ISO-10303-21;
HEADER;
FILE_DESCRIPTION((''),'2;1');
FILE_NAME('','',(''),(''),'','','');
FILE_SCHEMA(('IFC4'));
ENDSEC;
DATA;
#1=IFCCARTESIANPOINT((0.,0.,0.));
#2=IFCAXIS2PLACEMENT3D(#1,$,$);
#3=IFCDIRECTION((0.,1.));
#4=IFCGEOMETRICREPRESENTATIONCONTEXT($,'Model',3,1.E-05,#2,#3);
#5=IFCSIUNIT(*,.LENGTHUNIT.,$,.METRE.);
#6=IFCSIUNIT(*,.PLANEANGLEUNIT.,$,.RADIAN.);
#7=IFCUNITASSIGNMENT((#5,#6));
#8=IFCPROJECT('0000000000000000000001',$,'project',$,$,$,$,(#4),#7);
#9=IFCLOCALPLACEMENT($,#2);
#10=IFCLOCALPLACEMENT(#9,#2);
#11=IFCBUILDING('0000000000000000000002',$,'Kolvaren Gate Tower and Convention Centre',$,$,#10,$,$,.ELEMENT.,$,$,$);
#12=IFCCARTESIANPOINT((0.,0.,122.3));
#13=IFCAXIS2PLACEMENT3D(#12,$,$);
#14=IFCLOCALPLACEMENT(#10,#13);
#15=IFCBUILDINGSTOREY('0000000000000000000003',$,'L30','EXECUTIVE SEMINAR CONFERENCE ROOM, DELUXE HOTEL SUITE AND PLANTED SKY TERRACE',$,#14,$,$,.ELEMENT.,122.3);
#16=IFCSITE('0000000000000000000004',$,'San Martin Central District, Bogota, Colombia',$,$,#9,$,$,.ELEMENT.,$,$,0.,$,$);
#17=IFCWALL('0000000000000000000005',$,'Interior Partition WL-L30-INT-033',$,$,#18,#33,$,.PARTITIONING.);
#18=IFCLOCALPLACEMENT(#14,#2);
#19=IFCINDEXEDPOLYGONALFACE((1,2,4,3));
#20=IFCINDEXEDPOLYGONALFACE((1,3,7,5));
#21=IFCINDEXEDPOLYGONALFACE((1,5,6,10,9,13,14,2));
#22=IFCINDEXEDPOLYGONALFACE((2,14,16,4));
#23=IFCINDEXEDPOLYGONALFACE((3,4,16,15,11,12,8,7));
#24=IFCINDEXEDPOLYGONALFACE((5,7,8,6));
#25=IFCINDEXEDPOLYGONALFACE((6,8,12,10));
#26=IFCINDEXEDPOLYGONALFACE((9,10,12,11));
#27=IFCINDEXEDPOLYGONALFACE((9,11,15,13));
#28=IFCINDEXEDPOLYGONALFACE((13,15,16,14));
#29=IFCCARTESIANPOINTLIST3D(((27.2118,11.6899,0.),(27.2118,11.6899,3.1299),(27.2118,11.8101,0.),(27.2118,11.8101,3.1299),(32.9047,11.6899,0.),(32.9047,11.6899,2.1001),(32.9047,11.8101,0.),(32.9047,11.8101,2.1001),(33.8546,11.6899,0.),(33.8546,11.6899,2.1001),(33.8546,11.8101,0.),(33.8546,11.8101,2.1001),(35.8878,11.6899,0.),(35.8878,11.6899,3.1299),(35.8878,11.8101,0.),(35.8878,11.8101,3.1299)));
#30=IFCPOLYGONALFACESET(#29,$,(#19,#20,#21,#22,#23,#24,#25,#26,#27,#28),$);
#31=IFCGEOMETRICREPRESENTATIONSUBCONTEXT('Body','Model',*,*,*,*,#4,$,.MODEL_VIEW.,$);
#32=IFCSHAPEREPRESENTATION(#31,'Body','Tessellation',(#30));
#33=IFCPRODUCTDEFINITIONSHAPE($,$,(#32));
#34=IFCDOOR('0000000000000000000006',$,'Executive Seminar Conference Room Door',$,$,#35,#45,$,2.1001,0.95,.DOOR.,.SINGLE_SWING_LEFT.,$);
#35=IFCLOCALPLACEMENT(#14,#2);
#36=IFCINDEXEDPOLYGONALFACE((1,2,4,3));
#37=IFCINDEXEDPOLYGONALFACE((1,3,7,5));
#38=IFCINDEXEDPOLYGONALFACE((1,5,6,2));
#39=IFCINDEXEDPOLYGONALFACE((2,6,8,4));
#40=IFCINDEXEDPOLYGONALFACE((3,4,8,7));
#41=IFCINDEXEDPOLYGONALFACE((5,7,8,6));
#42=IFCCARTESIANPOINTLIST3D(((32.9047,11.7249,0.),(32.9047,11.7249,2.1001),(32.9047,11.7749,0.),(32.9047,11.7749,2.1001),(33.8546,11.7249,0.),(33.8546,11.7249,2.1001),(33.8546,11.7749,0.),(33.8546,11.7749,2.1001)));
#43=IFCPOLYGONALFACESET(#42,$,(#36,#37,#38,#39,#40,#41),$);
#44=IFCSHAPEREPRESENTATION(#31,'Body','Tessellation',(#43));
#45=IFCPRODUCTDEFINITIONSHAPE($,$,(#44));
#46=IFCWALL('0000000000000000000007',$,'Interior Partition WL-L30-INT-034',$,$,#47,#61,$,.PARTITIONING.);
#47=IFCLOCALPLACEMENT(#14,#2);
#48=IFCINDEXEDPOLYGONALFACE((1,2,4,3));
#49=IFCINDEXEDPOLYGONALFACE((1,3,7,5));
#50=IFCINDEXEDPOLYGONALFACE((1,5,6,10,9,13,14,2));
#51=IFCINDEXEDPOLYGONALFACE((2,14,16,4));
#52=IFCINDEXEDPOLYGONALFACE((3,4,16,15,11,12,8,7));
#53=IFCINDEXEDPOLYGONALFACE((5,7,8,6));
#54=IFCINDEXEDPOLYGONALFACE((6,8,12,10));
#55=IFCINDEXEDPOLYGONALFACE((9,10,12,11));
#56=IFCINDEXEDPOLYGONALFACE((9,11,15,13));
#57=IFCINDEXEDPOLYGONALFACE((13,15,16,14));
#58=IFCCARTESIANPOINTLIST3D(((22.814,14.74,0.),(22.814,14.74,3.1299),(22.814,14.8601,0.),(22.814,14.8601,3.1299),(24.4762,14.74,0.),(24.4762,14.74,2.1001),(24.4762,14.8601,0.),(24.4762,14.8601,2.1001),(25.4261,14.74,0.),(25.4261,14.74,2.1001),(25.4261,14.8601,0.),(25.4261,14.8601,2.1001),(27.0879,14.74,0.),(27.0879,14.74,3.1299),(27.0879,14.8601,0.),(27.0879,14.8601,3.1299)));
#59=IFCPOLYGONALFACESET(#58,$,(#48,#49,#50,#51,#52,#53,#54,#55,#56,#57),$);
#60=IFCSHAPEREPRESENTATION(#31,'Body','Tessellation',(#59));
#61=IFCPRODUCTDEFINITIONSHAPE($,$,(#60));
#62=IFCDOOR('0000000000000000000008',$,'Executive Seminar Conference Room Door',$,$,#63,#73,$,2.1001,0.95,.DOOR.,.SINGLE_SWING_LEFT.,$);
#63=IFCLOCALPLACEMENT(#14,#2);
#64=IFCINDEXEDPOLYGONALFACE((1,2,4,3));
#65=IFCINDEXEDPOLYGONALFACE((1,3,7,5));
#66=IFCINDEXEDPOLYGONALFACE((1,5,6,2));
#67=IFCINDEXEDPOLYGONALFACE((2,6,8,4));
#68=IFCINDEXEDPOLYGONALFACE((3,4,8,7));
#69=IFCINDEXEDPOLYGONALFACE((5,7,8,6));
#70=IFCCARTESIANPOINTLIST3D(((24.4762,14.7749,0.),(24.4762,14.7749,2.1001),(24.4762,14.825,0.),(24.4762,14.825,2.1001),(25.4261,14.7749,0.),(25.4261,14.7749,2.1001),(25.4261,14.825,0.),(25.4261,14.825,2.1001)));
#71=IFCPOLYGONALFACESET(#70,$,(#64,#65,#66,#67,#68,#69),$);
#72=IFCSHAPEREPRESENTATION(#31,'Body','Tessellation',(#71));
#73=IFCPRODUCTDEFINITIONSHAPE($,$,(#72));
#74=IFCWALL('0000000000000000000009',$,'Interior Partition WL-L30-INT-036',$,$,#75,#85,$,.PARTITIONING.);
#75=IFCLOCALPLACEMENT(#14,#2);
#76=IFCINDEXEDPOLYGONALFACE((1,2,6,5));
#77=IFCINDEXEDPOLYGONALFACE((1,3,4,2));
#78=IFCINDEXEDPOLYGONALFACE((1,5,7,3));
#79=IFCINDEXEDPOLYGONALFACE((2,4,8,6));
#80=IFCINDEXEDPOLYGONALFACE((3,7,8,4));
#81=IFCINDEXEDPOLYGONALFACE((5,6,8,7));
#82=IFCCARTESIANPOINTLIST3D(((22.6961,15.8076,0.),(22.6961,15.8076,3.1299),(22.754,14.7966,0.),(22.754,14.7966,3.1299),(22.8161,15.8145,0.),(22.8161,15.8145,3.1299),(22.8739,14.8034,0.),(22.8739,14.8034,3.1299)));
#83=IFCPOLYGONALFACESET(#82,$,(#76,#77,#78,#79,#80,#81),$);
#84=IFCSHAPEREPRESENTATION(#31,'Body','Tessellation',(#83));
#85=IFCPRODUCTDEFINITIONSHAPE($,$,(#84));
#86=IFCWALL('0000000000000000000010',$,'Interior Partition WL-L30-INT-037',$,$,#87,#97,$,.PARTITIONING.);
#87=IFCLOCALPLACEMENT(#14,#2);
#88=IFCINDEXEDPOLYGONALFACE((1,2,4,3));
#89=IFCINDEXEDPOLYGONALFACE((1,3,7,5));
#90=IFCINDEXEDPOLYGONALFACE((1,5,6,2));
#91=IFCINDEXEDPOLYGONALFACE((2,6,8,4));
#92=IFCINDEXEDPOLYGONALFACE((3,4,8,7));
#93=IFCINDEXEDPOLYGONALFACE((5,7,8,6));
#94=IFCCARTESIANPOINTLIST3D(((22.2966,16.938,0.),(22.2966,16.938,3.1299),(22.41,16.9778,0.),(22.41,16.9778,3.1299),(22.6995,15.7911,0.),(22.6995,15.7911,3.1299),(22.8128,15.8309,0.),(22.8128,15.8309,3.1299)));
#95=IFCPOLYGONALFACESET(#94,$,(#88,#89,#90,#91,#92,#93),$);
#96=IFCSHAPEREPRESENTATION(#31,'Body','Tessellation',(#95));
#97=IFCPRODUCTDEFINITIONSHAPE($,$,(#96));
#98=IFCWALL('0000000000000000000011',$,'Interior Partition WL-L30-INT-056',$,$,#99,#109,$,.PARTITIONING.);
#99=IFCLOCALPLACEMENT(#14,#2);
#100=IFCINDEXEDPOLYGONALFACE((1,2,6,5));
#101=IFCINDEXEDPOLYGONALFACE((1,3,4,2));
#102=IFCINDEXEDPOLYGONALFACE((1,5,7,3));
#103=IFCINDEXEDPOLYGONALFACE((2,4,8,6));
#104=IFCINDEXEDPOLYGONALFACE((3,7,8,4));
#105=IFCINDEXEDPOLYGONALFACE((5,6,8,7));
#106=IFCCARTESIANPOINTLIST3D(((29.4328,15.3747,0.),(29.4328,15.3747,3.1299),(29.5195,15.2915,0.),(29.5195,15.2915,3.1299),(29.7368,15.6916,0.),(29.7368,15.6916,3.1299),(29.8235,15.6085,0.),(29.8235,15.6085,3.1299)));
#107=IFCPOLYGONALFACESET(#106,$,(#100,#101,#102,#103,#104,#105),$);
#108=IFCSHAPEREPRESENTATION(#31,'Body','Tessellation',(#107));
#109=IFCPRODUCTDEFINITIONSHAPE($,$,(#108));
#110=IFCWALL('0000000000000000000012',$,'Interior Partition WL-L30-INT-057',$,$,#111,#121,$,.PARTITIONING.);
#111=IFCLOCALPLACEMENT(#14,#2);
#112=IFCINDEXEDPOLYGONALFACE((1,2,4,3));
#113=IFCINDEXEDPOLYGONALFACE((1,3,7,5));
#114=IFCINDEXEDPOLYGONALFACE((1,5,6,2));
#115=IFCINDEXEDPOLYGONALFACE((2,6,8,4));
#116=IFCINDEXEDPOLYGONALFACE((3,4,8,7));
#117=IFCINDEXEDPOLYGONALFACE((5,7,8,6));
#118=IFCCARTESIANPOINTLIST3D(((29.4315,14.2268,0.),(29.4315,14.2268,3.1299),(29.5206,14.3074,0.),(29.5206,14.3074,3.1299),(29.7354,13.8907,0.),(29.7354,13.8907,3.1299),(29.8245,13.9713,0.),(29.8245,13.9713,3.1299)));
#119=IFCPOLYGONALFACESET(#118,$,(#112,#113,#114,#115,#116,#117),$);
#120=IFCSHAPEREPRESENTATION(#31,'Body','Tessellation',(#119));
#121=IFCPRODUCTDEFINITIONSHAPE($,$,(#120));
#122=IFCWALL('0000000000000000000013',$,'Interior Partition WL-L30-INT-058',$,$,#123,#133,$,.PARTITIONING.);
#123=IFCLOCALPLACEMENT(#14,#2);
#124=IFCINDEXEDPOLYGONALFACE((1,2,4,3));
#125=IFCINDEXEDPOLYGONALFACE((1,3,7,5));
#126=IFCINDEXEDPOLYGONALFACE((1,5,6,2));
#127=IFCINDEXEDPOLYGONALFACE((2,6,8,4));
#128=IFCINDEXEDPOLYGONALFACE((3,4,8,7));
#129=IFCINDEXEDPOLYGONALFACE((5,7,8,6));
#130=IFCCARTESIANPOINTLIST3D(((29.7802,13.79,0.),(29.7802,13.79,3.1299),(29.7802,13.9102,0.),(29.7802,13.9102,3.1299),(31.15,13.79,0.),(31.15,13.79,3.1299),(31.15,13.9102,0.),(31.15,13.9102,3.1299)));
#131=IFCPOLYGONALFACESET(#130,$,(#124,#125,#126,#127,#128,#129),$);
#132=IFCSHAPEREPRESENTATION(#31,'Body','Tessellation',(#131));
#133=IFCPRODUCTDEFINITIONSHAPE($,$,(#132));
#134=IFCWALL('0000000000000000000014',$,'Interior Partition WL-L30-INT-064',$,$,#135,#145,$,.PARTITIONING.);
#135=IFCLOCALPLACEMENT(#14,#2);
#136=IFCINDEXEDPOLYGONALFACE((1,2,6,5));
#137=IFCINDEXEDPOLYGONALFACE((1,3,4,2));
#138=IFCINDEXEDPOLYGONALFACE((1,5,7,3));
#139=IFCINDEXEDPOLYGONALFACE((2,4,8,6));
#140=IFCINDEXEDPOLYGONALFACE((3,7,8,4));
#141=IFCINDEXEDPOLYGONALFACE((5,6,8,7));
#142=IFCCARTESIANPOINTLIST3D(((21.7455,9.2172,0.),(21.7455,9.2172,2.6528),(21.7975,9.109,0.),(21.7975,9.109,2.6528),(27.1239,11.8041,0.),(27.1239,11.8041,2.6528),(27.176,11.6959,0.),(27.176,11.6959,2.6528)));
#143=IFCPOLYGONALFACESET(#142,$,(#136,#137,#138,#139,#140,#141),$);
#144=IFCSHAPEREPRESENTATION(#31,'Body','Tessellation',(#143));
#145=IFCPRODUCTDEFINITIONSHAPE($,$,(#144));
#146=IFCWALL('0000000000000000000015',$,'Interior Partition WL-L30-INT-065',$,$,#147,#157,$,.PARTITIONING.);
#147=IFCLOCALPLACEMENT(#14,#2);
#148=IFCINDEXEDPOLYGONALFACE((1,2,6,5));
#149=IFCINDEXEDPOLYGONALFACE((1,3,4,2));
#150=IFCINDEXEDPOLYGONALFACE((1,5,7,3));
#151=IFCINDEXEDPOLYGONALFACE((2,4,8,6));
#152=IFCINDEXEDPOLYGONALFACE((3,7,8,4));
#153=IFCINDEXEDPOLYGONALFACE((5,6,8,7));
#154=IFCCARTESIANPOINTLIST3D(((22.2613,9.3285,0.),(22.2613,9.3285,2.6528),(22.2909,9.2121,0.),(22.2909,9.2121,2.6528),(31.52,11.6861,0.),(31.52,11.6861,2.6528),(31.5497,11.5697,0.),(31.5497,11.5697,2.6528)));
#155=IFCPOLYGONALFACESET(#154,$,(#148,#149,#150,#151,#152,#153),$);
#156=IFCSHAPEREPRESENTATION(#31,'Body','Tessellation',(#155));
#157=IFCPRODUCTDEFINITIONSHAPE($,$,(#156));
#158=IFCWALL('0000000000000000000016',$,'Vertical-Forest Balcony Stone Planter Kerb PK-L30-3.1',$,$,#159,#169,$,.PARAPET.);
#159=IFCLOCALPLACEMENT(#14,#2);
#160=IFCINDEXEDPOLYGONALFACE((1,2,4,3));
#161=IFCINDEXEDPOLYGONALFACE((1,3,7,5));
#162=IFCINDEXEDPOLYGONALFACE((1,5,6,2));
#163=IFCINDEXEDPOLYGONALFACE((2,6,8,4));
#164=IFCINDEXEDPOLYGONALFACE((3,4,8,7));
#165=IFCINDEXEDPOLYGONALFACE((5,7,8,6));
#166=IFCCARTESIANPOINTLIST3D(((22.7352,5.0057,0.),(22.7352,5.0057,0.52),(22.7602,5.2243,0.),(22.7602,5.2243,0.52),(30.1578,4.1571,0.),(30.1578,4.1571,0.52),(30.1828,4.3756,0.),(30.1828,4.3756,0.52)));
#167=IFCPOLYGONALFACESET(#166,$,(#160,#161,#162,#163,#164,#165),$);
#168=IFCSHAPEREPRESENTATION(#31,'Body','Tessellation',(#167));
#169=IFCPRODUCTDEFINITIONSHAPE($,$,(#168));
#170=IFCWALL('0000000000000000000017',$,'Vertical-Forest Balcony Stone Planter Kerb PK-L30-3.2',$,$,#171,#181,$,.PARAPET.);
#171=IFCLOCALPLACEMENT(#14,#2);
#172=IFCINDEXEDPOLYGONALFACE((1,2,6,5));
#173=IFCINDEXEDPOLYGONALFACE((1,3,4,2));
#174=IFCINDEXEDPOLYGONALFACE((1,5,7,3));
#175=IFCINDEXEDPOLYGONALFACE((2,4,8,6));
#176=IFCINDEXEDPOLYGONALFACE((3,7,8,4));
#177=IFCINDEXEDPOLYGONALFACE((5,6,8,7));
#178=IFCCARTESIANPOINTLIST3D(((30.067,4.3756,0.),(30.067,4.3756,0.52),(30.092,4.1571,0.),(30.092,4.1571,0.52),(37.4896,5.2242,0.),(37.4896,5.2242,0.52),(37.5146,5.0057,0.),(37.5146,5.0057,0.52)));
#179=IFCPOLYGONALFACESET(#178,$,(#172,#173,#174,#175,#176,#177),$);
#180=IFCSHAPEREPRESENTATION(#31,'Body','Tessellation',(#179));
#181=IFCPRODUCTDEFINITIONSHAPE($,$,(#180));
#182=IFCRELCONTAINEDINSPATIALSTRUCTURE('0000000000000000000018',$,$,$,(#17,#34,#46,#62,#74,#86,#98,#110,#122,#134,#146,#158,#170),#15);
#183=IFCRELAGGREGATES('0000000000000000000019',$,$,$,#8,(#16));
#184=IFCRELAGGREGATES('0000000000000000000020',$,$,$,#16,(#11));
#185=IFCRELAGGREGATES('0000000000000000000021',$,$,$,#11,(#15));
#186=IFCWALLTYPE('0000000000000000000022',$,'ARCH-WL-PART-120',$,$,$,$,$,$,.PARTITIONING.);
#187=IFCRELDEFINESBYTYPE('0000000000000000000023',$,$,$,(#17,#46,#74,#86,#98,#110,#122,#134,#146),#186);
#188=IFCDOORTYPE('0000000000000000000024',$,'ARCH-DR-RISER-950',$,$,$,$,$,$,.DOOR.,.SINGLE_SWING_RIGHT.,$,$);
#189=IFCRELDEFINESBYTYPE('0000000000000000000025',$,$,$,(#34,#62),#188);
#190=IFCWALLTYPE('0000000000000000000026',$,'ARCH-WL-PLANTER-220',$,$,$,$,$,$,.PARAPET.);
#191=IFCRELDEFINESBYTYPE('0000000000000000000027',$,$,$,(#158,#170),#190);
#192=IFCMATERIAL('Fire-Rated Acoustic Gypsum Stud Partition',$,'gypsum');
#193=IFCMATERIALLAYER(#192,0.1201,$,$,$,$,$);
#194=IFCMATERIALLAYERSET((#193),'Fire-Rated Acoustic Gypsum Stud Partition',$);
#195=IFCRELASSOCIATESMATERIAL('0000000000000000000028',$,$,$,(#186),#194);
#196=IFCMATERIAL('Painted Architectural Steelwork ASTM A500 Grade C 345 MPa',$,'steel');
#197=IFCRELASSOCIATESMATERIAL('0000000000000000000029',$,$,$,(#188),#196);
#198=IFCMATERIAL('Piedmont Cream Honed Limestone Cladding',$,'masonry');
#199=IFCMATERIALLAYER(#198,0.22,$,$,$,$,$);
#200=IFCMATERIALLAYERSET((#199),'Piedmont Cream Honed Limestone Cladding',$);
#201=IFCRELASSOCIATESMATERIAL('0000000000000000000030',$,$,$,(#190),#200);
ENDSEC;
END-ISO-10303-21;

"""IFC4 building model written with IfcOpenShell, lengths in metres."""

from ifc_helpers import new_model, si_unit, direction, frame, frame_2d, origin, place, context, subcontext, project, spatial, rectangle, extrude, material, layer, layer_set, type_object, element, fill, save


model = new_model("IFC4")

# Units and contexts
model_context = context("Model", 3, precision=1e-05, world=origin(), true_north=direction((0.0, 1.0)))
body_context = subcontext(model_context, "Body", "Model", "MODEL_VIEW")
ifc_project = project(units=[si_unit("LENGTHUNIT", "METRE"), si_unit("PLANEANGLEUNIT", "RADIAN")], contexts=[model_context])

# Site, building, storey
site_placement = place(None, origin())
site = spatial("IfcSite", under=ifc_project, at=site_placement, Name="San Martin Central District, Bogota, Colombia", CompositionType="ELEMENT", RefElevation=0.0)
building_placement = place(site_placement, origin())
building = spatial("IfcBuilding", under=site, at=building_placement, Name="Kolvaren Gate Tower and Convention Centre", CompositionType="ELEMENT")
storey_placement = place(building_placement, frame((0.0, 0.0, 122.3)))
storey = spatial("IfcBuildingStorey", under=building, at=storey_placement, Name="L30", Description="EXECUTIVE SEMINAR CONFERENCE ROOM, DELUXE HOTEL SUITE AND PLANTED SKY TERRACE", CompositionType="ELEMENT", Elevation=122.3)

# Shared definitions
ifc_material_1 = material(Name="Fire-Rated Acoustic Gypsum Stud Partition", Category="gypsum")
ifc_layer_1 = layer(ifc_material_1, 0.1201)
ifc_layer_set_1 = layer_set([ifc_layer_1], Name="Fire-Rated Acoustic Gypsum Stud Partition")
wall_type_1 = type_object("IfcWallType", Name="ARCH-WL-PART-120", PredefinedType="PARTITIONING", material=ifc_layer_set_1)
ifc_material_2 = material(Name="Painted Architectural Steelwork ASTM A500 Grade C 345 MPa", Category="steel")
door_type_1 = type_object("IfcDoorType", Name="ARCH-DR-RISER-950", OperationType="SINGLE_SWING_RIGHT", PredefinedType="DOOR", material=ifc_material_2)

# Walls, openings, doors
wall_1_placement = place(storey_placement, frame((27.2119, 11.75, 0.0), z_axis=(0.0, 0.0, 1.0), x_axis=(1.0, 0.0, 0.0)))
wall_1 = element("IfcWall", 1, at=wall_1_placement, inside=storey, type_object=wall_type_1, Name="Interior Partition WL-L30-INT-033", PredefinedType="PARTITIONING", context=body_context, shape_type="SweptSolid", body=[
    extrude(rectangle(XDim=8.676, YDim=0.1201, at=frame_2d((4.3379, 0.0))), origin(), (0.0, 0.0, 1.0), 3.1299),
])
opening_1_placement = place(wall_1_placement, frame((5.6926, 0.0, 0.0)))
opening_1 = element("IfcOpeningElement", 2, at=opening_1_placement, cuts=wall_1, PredefinedType="OPENING", context=body_context, shape_type="SweptSolid", body=[
    extrude(rectangle(XDim=0.95, YDim=2.1001, at=frame_2d((0.4751, 1.05))), frame((0.0, 0.0701, 0.0), z_axis=(0.0, -1.0, 0.0), x_axis=(1.0, 0.0, 0.0)), (0.0, 0.0, 1.0), 0.1401),
])
door_1_placement = place(opening_1_placement, origin())
door_1 = element("IfcDoor", 3, at=door_1_placement, inside=storey, type_object=door_type_1, Name="Executive Seminar Conference Room Door", OperationType="SINGLE_SWING_LEFT", OverallHeight=2.1001, OverallWidth=0.95, PredefinedType="DOOR", context=body_context, shape_type="SweptSolid", body=[
    extrude(rectangle(XDim=0.95, YDim=2.1001, at=frame_2d((0.4751, 1.05))), frame((0.0, 0.0249, 0.0), z_axis=(0.0, -1.0, 0.0), x_axis=(1.0, 0.0, 0.0)), (0.0, 0.0, 1.0), 0.05),
])
fill(opening_1, door_1)
wall_2_placement = place(storey_placement, frame((22.814, 14.8, 0.0), z_axis=(0.0, 0.0, 1.0), x_axis=(1.0, 0.0, 0.0)))
wall_2 = element("IfcWall", 4, at=wall_2_placement, inside=storey, type_object=wall_type_1, Name="Interior Partition WL-L30-INT-034", PredefinedType="PARTITIONING", context=body_context, shape_type="SweptSolid", body=[
    extrude(rectangle(XDim=4.2739, YDim=0.1201, at=frame_2d((2.137, 0.0))), origin(), (0.0, 0.0, 1.0), 3.1299),
])
opening_2_placement = place(wall_2_placement, frame((1.6621, 0.0, 0.0)))
opening_2 = element("IfcOpeningElement", 5, at=opening_2_placement, cuts=wall_2, PredefinedType="OPENING", context=body_context, shape_type="SweptSolid", body=[
    extrude(rectangle(XDim=0.95, YDim=2.1001, at=frame_2d((0.4751, 1.05))), frame((0.0, 0.0701, 0.0), z_axis=(0.0, -1.0, 0.0), x_axis=(1.0, 0.0, 0.0)), (0.0, 0.0, 1.0), 0.1401),
])
door_2_placement = place(opening_2_placement, origin())
door_2 = element("IfcDoor", 6, at=door_2_placement, inside=storey, type_object=door_type_1, Name="Executive Seminar Conference Room Door", OperationType="SINGLE_SWING_LEFT", OverallHeight=2.1001, OverallWidth=0.95, PredefinedType="DOOR", context=body_context, shape_type="SweptSolid", body=[
    extrude(rectangle(XDim=0.95, YDim=2.1001, at=frame_2d((0.4751, 1.05))), frame((0.0, 0.0249, 0.0), z_axis=(0.0, -1.0, 0.0), x_axis=(1.0, 0.0, 0.0)), (0.0, 0.0, 1.0), 0.05),
])
fill(opening_2, door_2)

# Walls
wall_3_placement = place(storey_placement, frame((22.7561, 15.811, 0.0), z_axis=(0.0, 0.0, 1.0), x_axis=(0.057139, -0.998366, 0.0)))
element("IfcWall", 7, at=wall_3_placement, inside=storey, type_object=wall_type_1, Name="Interior Partition WL-L30-INT-036", PredefinedType="PARTITIONING", context=body_context, shape_type="SweptSolid", body=[
    extrude(rectangle(XDim=1.0127, YDim=0.1201, at=frame_2d((0.5063, 0.0))), origin(), (0.0, 0.0, 1.0), 3.1299),
])
wall_4_placement = place(storey_placement, frame((22.3533, 16.958, 0.0), z_axis=(0.0, 0.0, 1.0), x_axis=(0.33137, -0.943501, 0.0)))
element("IfcWall", 8, at=wall_4_placement, inside=storey, type_object=wall_type_1, Name="Interior Partition WL-L30-INT-037", PredefinedType="PARTITIONING", context=body_context, shape_type="SweptSolid", body=[
    extrude(rectangle(XDim=1.2156, YDim=0.1201, at=frame_2d((0.6079, 0.0))), origin(), (0.0, 0.0, 1.0), 3.1299),
])
wall_5_placement = place(storey_placement, frame((29.4761, 15.333, 0.0), z_axis=(0.0, 0.0, 1.0), x_axis=(0.692219, 0.721687, 0.0)))
element("IfcWall", 9, at=wall_5_placement, inside=storey, type_object=wall_type_1, Name="Interior Partition WL-L30-INT-056", PredefinedType="PARTITIONING", context=body_context, shape_type="SweptSolid", body=[
    extrude(rectangle(XDim=0.4392, YDim=0.1201, at=frame_2d((0.2197, 0.0))), origin(), (0.0, 0.0, 1.0), 3.1299),
])
wall_6_placement = place(storey_placement, frame((29.4761, 14.2671, 0.0), z_axis=(0.0, 0.0, 1.0), x_axis=(0.670659, -0.741765, 0.0)))
element("IfcWall", 10, at=wall_6_placement, inside=storey, type_object=wall_type_1, Name="Interior Partition WL-L30-INT-057", PredefinedType="PARTITIONING", context=body_context, shape_type="SweptSolid", body=[
    extrude(rectangle(XDim=0.4531, YDim=0.1201, at=frame_2d((0.2266, 0.0))), origin(), (0.0, 0.0, 1.0), 3.1299),
])
wall_7_placement = place(storey_placement, frame((29.78, 13.8501, 0.0), z_axis=(0.0, 0.0, 1.0), x_axis=(1.0, 0.0, 0.0)))
element("IfcWall", 11, at=wall_7_placement, inside=storey, type_object=wall_type_1, Name="Interior Partition WL-L30-INT-058", PredefinedType="PARTITIONING", context=body_context, shape_type="SweptSolid", body=[
    extrude(rectangle(XDim=1.3699, YDim=0.1201, at=frame_2d((0.6851, 0.0))), origin(), (0.0, 0.0, 1.0), 3.1299),
])
wall_8_placement = place(storey_placement, frame((21.7715, 9.1631, 0.0), z_axis=(0.0, 0.0, 1.0), x_axis=(0.901178, 0.433449, 0.0)))
element("IfcWall", 12, at=wall_8_placement, inside=storey, type_object=wall_type_1, Name="Interior Partition WL-L30-INT-064", PredefinedType="PARTITIONING", context=body_context, shape_type="SweptSolid", body=[
    extrude(rectangle(XDim=5.9683, YDim=0.1201, at=frame_2d((2.9841, 0.0))), origin(), (0.0, 0.0, 1.0), 2.6528),
])
wall_9_placement = place(storey_placement, frame((22.2761, 9.2703, 0.0), z_axis=(0.0, 0.0, 1.0), x_axis=(0.969075, 0.246766, 0.0)))
element("IfcWall", 13, at=wall_9_placement, inside=storey, type_object=wall_type_1, Name="Interior Partition WL-L30-INT-065", PredefinedType="PARTITIONING", context=body_context, shape_type="SweptSolid", body=[
    extrude(rectangle(XDim=9.5542, YDim=0.1201, at=frame_2d((4.7771, 0.0))), origin(), (0.0, 0.0, 1.0), 2.6528),
])
ifc_material_3 = material(Name="Piedmont Cream Honed Limestone Cladding", Category="masonry")
ifc_layer_2 = layer(ifc_material_3, 0.22)
ifc_layer_set_2 = layer_set([ifc_layer_2], Name="Piedmont Cream Honed Limestone Cladding")
wall_type_2 = type_object("IfcWallType", Name="ARCH-WL-PLANTER-220", PredefinedType="PARAPET", material=ifc_layer_set_2)
for number, where, z_axis, x_axis, name in (
    (14, (22.7478, 5.115, 0.0), (0.0, 0.0, 1.0), (0.993528, -0.113591, 0.0), "Vertical-Forest Balcony Stone Planter Kerb PK-L30-3.1"),
    (15, (30.0796, 4.2664, 0.0), (0.0, 0.0, 1.0), (0.993528, 0.113591, 0.0), "Vertical-Forest Balcony Stone Planter Kerb PK-L30-3.2"),
):
    element("IfcWall", number, at=place(storey_placement, frame(where, z_axis=z_axis, x_axis=x_axis)), inside=storey, type_object=wall_type_2, Name=name, PredefinedType="PARAPET", context=body_context, shape_type="SweptSolid", body=[
        extrude(rectangle(XDim=7.4709, YDim=0.22, at=frame_2d((3.7354, 0.0))), origin(), (0.0, 0.0, 1.0), 0.52),
    ])

save(model, "model.ifc")
